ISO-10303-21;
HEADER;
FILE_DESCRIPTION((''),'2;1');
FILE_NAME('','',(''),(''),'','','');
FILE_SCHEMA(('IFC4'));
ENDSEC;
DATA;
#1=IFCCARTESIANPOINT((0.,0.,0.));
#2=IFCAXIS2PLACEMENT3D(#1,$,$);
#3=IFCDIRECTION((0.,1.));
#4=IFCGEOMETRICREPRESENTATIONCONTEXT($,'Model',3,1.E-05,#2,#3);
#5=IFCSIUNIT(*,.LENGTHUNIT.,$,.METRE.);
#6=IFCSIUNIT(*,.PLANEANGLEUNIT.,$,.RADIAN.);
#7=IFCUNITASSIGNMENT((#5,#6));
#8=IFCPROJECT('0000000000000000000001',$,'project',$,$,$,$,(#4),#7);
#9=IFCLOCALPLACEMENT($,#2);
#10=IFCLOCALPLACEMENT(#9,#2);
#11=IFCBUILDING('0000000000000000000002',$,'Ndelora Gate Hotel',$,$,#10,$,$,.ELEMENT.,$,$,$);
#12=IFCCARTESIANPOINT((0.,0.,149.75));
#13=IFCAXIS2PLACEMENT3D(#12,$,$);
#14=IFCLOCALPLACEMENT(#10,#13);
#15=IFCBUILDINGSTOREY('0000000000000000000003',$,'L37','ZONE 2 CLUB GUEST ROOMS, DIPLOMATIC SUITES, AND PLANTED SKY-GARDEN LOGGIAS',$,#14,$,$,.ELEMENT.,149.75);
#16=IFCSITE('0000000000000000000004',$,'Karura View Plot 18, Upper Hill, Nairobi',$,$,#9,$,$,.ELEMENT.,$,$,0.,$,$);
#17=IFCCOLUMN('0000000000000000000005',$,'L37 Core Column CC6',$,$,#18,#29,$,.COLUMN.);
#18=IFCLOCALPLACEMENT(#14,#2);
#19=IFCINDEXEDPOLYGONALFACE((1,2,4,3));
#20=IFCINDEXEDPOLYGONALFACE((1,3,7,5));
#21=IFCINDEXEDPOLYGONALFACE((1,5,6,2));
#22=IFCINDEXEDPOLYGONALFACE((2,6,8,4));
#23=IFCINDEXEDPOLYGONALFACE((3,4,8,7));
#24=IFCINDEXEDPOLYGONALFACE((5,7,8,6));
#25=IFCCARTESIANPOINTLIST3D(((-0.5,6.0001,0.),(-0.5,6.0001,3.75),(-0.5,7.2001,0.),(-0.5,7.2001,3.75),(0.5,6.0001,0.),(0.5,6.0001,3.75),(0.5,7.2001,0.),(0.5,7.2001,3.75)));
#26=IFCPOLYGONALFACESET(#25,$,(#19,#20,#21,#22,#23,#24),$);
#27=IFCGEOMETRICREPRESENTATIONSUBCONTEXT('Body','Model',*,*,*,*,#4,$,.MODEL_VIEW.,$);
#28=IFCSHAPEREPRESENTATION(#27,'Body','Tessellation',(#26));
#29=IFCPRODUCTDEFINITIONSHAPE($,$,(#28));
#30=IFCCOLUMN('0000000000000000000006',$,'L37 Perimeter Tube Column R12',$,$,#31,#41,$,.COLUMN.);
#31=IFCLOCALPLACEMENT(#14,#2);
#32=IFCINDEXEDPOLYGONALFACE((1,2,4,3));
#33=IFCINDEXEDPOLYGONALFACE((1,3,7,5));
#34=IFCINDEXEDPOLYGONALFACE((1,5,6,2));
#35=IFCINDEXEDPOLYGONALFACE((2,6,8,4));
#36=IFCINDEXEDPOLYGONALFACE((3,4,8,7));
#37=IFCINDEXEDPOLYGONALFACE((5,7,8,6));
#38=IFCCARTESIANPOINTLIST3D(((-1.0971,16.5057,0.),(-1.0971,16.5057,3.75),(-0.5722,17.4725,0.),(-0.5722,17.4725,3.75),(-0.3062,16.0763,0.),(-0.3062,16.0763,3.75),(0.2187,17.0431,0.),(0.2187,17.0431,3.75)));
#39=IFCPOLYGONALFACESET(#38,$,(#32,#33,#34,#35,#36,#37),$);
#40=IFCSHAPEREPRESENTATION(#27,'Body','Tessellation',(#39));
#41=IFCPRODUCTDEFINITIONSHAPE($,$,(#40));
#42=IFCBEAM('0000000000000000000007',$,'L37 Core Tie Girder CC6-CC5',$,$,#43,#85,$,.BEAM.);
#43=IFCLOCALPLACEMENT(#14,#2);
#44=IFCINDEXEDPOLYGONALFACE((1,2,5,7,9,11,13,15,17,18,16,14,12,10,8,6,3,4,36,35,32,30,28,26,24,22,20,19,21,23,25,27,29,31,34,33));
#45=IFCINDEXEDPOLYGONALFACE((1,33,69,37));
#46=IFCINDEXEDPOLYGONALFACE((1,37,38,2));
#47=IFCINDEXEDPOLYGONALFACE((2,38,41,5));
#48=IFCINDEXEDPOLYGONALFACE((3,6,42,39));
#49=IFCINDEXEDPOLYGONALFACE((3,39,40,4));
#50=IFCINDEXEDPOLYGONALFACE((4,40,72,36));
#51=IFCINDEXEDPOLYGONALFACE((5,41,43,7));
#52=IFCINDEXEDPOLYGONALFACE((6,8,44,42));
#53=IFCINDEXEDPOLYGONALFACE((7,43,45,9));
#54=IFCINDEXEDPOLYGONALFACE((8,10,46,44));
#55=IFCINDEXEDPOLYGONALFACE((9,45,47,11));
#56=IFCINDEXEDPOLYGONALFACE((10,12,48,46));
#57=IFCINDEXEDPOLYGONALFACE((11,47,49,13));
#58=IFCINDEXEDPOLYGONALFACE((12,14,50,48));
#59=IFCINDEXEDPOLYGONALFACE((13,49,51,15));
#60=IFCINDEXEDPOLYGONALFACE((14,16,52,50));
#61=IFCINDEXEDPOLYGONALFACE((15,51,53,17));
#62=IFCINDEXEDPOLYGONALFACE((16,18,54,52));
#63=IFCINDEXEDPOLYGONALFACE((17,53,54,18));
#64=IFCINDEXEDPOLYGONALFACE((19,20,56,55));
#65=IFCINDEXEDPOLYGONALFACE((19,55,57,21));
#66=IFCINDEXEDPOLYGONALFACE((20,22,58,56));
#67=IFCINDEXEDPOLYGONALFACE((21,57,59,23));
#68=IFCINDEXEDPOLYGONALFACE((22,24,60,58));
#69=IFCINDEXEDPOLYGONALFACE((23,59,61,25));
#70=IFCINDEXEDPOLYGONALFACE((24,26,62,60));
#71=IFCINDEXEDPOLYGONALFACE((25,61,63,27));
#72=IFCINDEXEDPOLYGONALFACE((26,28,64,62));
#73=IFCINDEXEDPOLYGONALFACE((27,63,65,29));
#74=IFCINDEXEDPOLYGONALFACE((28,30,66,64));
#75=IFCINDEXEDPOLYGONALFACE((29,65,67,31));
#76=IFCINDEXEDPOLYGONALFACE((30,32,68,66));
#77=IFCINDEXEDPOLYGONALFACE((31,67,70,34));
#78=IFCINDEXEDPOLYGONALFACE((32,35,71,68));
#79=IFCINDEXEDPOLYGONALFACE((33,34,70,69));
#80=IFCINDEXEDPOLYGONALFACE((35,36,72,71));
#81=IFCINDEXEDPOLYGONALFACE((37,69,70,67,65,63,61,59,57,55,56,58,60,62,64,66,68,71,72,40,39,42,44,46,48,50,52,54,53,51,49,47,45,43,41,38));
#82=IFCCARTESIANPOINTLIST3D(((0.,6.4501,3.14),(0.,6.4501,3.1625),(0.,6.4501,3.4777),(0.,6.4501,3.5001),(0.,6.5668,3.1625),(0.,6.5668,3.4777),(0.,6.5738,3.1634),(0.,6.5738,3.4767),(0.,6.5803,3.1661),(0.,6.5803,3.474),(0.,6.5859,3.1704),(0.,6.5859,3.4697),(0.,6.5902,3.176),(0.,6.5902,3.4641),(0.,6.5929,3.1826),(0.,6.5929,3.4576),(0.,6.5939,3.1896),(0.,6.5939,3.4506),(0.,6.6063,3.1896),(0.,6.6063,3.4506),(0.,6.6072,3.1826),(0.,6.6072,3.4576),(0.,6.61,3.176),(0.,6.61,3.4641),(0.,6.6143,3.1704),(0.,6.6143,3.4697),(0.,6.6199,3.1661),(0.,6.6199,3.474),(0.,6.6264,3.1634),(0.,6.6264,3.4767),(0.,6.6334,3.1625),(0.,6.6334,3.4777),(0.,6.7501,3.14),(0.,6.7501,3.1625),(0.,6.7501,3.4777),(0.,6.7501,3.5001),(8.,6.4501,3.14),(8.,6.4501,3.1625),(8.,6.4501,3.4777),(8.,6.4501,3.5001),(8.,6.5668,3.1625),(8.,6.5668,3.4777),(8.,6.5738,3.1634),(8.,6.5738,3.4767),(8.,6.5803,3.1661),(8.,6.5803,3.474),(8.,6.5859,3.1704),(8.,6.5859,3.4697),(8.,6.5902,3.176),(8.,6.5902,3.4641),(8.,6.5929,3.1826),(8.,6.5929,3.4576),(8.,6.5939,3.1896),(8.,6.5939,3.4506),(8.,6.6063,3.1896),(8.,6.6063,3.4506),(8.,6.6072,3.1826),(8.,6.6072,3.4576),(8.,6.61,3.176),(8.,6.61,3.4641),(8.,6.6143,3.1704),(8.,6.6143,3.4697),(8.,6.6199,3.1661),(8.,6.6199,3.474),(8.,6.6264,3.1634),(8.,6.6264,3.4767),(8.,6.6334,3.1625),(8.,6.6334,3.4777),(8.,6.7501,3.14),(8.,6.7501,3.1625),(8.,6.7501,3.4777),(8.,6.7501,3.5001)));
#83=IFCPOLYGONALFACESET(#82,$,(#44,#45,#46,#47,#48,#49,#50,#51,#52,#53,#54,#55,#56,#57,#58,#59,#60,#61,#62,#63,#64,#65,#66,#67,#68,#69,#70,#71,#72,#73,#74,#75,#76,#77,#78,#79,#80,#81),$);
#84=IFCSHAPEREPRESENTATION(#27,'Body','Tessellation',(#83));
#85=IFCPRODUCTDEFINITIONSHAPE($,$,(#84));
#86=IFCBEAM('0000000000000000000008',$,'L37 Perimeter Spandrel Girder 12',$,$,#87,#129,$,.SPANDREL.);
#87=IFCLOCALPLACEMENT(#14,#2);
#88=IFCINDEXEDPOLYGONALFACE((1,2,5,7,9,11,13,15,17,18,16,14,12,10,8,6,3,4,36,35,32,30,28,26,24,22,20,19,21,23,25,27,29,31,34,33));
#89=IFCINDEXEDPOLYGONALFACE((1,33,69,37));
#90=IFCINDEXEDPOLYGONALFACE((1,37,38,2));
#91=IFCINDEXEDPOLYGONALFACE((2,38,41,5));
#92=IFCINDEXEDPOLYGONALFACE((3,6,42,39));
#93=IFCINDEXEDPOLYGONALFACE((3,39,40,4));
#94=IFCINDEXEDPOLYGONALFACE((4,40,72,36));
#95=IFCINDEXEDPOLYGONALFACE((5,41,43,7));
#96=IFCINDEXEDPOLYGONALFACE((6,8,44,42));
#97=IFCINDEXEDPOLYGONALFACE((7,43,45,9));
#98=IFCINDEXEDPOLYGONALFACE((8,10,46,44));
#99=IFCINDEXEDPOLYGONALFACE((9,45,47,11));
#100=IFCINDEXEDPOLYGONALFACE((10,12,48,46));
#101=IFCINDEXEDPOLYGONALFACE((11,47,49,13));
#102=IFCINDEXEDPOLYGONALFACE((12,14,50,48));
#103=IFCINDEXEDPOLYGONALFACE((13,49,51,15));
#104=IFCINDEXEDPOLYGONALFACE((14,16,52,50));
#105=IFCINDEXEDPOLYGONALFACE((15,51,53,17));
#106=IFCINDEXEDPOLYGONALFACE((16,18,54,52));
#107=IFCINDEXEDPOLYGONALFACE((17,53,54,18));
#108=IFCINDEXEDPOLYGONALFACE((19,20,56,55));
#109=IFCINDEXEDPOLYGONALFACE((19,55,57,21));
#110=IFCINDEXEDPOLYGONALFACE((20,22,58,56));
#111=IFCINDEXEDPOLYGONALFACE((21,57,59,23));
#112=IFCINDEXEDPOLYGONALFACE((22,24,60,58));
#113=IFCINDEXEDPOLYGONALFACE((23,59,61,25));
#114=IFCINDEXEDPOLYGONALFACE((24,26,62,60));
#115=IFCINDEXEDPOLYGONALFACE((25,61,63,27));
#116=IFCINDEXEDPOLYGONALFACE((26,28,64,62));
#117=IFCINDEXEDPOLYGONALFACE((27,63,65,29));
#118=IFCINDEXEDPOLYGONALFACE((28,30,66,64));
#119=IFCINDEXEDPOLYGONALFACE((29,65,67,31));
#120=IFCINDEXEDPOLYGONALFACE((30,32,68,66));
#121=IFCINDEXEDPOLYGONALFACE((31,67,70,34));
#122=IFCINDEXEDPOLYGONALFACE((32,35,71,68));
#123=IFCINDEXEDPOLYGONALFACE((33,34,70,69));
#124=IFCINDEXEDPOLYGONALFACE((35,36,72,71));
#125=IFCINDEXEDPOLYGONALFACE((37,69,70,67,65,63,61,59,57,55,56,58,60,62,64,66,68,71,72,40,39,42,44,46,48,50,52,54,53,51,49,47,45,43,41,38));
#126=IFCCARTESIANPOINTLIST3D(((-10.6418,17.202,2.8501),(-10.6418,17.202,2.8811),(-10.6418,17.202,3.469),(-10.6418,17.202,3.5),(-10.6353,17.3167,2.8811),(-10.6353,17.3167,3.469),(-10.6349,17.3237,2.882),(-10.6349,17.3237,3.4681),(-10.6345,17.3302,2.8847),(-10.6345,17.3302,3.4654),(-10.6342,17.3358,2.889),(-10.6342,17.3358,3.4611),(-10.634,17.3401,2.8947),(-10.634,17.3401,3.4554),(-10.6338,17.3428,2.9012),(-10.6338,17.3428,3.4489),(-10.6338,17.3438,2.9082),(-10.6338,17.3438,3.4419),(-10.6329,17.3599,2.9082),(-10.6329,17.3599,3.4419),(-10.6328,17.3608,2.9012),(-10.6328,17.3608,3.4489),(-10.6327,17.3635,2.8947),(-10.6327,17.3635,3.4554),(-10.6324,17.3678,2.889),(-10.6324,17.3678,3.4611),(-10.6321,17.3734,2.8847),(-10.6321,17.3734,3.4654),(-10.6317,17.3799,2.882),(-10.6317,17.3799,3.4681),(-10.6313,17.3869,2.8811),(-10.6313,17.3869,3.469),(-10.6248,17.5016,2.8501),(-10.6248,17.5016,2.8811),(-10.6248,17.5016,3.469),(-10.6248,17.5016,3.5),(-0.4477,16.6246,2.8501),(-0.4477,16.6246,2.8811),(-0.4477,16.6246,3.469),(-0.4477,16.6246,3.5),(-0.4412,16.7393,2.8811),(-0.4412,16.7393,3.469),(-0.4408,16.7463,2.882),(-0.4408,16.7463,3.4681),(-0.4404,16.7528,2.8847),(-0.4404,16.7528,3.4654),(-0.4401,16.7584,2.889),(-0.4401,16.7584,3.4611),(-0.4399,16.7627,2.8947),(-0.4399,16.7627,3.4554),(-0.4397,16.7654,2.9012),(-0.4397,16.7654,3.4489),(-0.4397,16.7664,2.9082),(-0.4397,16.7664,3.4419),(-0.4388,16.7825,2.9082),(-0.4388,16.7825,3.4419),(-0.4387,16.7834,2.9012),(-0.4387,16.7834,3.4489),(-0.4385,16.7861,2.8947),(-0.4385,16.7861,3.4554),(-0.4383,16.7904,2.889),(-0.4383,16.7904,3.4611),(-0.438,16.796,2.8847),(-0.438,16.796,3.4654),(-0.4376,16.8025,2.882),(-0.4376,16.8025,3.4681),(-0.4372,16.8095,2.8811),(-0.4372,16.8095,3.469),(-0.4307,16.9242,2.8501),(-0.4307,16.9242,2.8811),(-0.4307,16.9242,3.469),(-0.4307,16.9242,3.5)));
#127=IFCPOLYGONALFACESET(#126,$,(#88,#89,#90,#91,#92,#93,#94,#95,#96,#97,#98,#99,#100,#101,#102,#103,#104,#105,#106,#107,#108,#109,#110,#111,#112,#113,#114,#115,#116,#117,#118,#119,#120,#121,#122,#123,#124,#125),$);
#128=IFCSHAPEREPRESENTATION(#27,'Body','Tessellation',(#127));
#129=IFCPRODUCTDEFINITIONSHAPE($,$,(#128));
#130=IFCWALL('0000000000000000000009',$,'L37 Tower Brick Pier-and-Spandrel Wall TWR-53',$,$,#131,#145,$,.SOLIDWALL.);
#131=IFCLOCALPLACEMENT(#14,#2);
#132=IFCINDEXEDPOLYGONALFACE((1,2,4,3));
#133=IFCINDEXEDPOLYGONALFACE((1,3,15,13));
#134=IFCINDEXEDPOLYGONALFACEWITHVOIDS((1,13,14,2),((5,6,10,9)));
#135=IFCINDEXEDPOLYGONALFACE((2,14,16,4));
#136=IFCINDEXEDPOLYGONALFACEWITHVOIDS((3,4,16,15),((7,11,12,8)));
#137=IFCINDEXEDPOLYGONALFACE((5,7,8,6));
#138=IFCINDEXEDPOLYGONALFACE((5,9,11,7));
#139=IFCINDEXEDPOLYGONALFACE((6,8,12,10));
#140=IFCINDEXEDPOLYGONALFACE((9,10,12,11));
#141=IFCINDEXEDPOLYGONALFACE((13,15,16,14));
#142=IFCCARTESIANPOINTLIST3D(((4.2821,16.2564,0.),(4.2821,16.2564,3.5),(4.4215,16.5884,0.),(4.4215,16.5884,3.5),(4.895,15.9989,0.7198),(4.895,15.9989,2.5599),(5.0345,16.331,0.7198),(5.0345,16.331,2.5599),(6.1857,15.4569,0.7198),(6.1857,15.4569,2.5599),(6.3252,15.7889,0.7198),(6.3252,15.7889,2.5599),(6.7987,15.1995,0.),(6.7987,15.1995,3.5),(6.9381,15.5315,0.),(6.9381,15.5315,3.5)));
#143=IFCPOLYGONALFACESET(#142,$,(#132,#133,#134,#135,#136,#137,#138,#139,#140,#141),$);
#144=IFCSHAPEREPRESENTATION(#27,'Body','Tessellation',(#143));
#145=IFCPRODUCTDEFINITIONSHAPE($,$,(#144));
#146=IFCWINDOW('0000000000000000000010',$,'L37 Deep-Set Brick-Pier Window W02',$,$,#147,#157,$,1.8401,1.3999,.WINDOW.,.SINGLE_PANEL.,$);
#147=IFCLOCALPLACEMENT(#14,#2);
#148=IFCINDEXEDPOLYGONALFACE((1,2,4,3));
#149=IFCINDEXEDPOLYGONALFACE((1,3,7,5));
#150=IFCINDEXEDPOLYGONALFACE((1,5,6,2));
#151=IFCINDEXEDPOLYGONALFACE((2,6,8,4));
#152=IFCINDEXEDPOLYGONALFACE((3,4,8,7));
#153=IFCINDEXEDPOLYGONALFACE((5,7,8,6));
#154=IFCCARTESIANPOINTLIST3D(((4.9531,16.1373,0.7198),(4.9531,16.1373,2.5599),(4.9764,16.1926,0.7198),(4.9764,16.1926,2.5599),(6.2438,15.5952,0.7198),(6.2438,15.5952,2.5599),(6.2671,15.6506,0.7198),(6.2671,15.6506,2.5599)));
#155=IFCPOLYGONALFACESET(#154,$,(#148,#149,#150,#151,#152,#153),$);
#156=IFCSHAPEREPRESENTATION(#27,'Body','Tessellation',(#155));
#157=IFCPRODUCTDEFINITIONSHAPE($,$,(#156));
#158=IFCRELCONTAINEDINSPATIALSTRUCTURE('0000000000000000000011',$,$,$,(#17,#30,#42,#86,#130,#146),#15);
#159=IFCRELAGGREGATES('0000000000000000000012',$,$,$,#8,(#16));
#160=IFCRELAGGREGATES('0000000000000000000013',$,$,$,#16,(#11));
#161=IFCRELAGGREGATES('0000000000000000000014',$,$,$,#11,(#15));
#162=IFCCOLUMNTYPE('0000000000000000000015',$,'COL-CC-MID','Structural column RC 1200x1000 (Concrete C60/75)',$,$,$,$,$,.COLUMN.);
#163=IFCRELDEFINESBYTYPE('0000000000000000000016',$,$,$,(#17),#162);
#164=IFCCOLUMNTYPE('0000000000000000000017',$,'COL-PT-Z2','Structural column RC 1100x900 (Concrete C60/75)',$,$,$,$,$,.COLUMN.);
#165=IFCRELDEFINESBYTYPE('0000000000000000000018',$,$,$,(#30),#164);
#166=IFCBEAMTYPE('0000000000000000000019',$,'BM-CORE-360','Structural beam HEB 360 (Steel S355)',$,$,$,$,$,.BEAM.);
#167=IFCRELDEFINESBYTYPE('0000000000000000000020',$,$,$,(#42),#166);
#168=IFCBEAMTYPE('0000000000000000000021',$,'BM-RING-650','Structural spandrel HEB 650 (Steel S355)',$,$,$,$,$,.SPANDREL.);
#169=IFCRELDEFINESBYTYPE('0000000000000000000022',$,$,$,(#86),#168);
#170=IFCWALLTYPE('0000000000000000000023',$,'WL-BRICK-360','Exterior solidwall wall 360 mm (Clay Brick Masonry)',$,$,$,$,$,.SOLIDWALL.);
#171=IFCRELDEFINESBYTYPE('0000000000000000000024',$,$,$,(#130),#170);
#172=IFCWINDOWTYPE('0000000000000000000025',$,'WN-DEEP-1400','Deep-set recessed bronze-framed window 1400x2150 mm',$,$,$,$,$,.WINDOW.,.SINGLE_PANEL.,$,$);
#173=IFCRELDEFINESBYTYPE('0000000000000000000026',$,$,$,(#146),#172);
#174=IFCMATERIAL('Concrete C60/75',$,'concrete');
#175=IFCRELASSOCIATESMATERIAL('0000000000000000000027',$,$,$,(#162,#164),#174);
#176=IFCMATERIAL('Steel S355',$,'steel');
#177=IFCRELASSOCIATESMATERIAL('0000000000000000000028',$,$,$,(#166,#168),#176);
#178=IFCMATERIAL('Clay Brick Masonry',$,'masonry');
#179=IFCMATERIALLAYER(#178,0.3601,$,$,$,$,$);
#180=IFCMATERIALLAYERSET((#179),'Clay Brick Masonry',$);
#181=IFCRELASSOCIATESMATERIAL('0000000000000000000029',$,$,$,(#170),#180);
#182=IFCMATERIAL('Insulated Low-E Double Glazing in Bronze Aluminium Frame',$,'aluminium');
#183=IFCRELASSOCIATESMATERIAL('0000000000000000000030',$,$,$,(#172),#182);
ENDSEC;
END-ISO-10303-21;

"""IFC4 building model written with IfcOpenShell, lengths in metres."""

from ifc_helpers import new_model, si_unit, direction, frame, frame_2d, origin, origin_2d, place, context, subcontext, project, spatial, rectangle, i_section, extrude, material, layer, layer_set, material_profile, profile_set, type_object, element, fill, save


model = new_model("IFC4")

# Units and contexts
model_context = context("Model", 3, precision=1e-05, world=origin(), true_north=direction((0.0, 1.0)))
body_context = subcontext(model_context, "Body", "Model", "MODEL_VIEW")
ifc_project = project(units=[si_unit("LENGTHUNIT", "METRE"), si_unit("PLANEANGLEUNIT", "RADIAN")], contexts=[model_context])

# Site, building, storey
site_placement = place(None, origin())
site = spatial("IfcSite", under=ifc_project, at=site_placement, Name="Karura View Plot 18, Upper Hill, Nairobi", CompositionType="ELEMENT", RefElevation=0.0)
building_placement = place(site_placement, origin())
building = spatial("IfcBuilding", under=site, at=building_placement, Name="Ndelora Gate Hotel", CompositionType="ELEMENT")
storey_placement = place(building_placement, frame((0.0, 0.0, 149.75)))
storey = spatial("IfcBuildingStorey", under=building, at=storey_placement, Name="L37", Description="ZONE 2 CLUB GUEST ROOMS, DIPLOMATIC SUITES, AND PLANTED SKY-GARDEN LOGGIAS", CompositionType="ELEMENT", Elevation=149.75)

# Columns
ifc_material_1 = material(Name="Concrete C60/75", Category="concrete")
ifc_material_profile_1 = material_profile(ifc_material_1, rectangle(XDim=1.0, YDim=1.2, at=origin_2d()), Name="RC 1200x1000")
ifc_profile_set_1 = profile_set([ifc_material_profile_1], Name="Concrete C60/75")
column_type_1 = type_object("IfcColumnType", Name="COL-CC-MID", Description="Structural column RC 1200x1000 (Concrete C60/75)", PredefinedType="COLUMN", material=ifc_profile_set_1)
column_1_placement = place(storey_placement, frame((0.0, 6.6001, 0.0), z_axis=(0.0, 0.0, 1.0), x_axis=(1.0, 0.0, 0.0)))
element("IfcColumn", 1, at=column_1_placement, inside=storey, type_object=column_type_1, Name="L37 Core Column CC6", PredefinedType="COLUMN", context=body_context, shape_type="SweptSolid", body=[
    extrude(rectangle(XDim=1.0, YDim=1.2, at=origin_2d()), origin(), (0.0, 0.0, 1.0), 3.75),
])
ifc_material_profile_2 = material_profile(ifc_material_1, rectangle(XDim=0.8999, YDim=1.1001, at=origin_2d()), Name="RC 1100x900")
ifc_profile_set_2 = profile_set([ifc_material_profile_2], Name="Concrete C60/75")
column_type_2 = type_object("IfcColumnType", Name="COL-PT-Z2", Description="Structural column RC 1100x900 (Concrete C60/75)", PredefinedType="COLUMN", material=ifc_profile_set_2)
column_2_placement = place(storey_placement, frame((-0.4392, 16.7744, 0.0), z_axis=(0.0, 0.0, 1.0), x_axis=(-0.878817, 0.477159, 0.0)))
element("IfcColumn", 2, at=column_2_placement, inside=storey, type_object=column_type_2, Name="L37 Perimeter Tube Column R12", PredefinedType="COLUMN", context=body_context, shape_type="SweptSolid", body=[
    extrude(rectangle(XDim=0.8999, YDim=1.1001, at=origin_2d()), origin(), (0.0, 0.0, 1.0), 3.75),
])

# Beams
ifc_material_2 = material(Name="Steel S355", Category="steel")
ifc_material_profile_3 = material_profile(ifc_material_2, i_section(OverallWidth=0.3, OverallDepth=0.3601, WebThickness=0.0125, FlangeThickness=0.0225, FilletRadius=0.0271, at=origin_2d()), Name="HEB 360")
ifc_profile_set_3 = profile_set([ifc_material_profile_3], Name="Steel S355")
beam_type_1 = type_object("IfcBeamType", Name="BM-CORE-360", Description="Structural beam HEB 360 (Steel S355)", PredefinedType="BEAM", material=ifc_profile_set_3)
beam_1_placement = place(storey_placement, frame((0.0, 6.6001, 3.3201), z_axis=(1.0, 0.0, 0.0), x_axis=(0.0, 1.0, 0.0)))
element("IfcBeam", 3, at=beam_1_placement, inside=storey, type_object=beam_type_1, Name="L37 Core Tie Girder CC6-CC5", PredefinedType="BEAM", context=body_context, shape_type="SweptSolid", body=[
    extrude(i_section(OverallWidth=0.3, OverallDepth=0.3601, WebThickness=0.0125, FlangeThickness=0.0225, FilletRadius=0.0271, at=origin_2d()), origin(), (0.0, 0.0, 1.0), 8.0),
])
ifc_material_profile_4 = material_profile(ifc_material_2, i_section(OverallWidth=0.3, OverallDepth=0.6499, WebThickness=0.0161, FlangeThickness=0.031, FilletRadius=0.0271, at=origin_2d()), Name="HEB 650")
ifc_profile_set_4 = profile_set([ifc_material_profile_4], Name="Steel S355")
beam_type_2 = type_object("IfcBeamType", Name="BM-RING-650", Description="Structural spandrel HEB 650 (Steel S355)", PredefinedType="SPANDREL", material=ifc_profile_set_4)
beam_2_placement = place(storey_placement, frame((-0.4392, 16.7744, 3.175), z_axis=(-0.9984, 0.056549, 0.0), x_axis=(-0.056549, -0.9984, 0.0)))
element("IfcBeam", 4, at=beam_2_placement, inside=storey, type_object=beam_type_2, Name="L37 Perimeter Spandrel Girder 12", PredefinedType="SPANDREL", context=body_context, shape_type="SweptSolid", body=[
    extrude(i_section(OverallWidth=0.3, OverallDepth=0.6499, WebThickness=0.0161, FlangeThickness=0.031, FilletRadius=0.0271, at=origin_2d()), origin(), (0.0, 0.0, 1.0), 10.2104),
])

# Wall, opening, window
ifc_material_3 = material(Name="Clay Brick Masonry", Category="masonry")
ifc_layer_1 = layer(ifc_material_3, 0.3601)
ifc_layer_set_1 = layer_set([ifc_layer_1], Name="Clay Brick Masonry")
wall_type_1 = type_object("IfcWallType", Name="WL-BRICK-360", Description="Exterior solidwall wall 360 mm (Clay Brick Masonry)", PredefinedType="SOLIDWALL", material=ifc_layer_set_1)
wall_1_placement = place(storey_placement, frame((4.3518, 16.4224, 0.0), z_axis=(0.0, 0.0, 1.0), x_axis=(0.921994, -0.387205, 0.0)))
wall_1 = element("IfcWall", 5, at=wall_1_placement, inside=storey, type_object=wall_type_1, Name="L37 Tower Brick Pier-and-Spandrel Wall TWR-53", PredefinedType="SOLIDWALL", context=body_context, shape_type="SweptSolid", body=[
    extrude(rectangle(XDim=2.7295, YDim=0.3601, at=frame_2d((1.3647, 0.0))), origin(), (0.0, 0.0, 1.0), 3.5),
])
opening_1_placement = place(wall_1_placement, frame((0.6648, 0.0, 0.72)))
opening_1 = element("IfcOpeningElement", 6, at=opening_1_placement, cuts=wall_1, PredefinedType="OPENING", context=body_context, shape_type="SweptSolid", body=[
    extrude(rectangle(XDim=1.3999, YDim=1.8401, at=frame_2d((0.7, 0.9199))), frame((0.0, 0.1899, 0.0), z_axis=(0.0, -1.0, 0.0), x_axis=(1.0, 0.0, 0.0)), (0.0, 0.0, 1.0), 0.3801),
])
ifc_material_4 = material(Name="Insulated Low-E Double Glazing in Bronze Aluminium Frame", Category="aluminium")
window_type = type_object("IfcWindowType", Name="WN-DEEP-1400", Description="Deep-set recessed bronze-framed window 1400x2150 mm", PartitioningType="SINGLE_PANEL", PredefinedType="WINDOW", material=ifc_material_4)
window_1_placement = place(opening_1_placement, origin())
window_1 = element("IfcWindow", 7, at=window_1_placement, inside=storey, type_object=window_type, Name="L37 Deep-Set Brick-Pier Window W02", OverallHeight=1.8401, OverallWidth=1.3999, PartitioningType="SINGLE_PANEL", PredefinedType="WINDOW", context=body_context, shape_type="SweptSolid", body=[
    extrude(rectangle(XDim=1.3999, YDim=1.8401, at=frame_2d((0.7, 0.9199))), frame((0.0, 0.03, 0.0), z_axis=(0.0, -1.0, 0.0), x_axis=(1.0, 0.0, 0.0)), (0.0, 0.0, 1.0), 0.0601),
])
fill(opening_1, window_1)

save(model, "model.ifc")
